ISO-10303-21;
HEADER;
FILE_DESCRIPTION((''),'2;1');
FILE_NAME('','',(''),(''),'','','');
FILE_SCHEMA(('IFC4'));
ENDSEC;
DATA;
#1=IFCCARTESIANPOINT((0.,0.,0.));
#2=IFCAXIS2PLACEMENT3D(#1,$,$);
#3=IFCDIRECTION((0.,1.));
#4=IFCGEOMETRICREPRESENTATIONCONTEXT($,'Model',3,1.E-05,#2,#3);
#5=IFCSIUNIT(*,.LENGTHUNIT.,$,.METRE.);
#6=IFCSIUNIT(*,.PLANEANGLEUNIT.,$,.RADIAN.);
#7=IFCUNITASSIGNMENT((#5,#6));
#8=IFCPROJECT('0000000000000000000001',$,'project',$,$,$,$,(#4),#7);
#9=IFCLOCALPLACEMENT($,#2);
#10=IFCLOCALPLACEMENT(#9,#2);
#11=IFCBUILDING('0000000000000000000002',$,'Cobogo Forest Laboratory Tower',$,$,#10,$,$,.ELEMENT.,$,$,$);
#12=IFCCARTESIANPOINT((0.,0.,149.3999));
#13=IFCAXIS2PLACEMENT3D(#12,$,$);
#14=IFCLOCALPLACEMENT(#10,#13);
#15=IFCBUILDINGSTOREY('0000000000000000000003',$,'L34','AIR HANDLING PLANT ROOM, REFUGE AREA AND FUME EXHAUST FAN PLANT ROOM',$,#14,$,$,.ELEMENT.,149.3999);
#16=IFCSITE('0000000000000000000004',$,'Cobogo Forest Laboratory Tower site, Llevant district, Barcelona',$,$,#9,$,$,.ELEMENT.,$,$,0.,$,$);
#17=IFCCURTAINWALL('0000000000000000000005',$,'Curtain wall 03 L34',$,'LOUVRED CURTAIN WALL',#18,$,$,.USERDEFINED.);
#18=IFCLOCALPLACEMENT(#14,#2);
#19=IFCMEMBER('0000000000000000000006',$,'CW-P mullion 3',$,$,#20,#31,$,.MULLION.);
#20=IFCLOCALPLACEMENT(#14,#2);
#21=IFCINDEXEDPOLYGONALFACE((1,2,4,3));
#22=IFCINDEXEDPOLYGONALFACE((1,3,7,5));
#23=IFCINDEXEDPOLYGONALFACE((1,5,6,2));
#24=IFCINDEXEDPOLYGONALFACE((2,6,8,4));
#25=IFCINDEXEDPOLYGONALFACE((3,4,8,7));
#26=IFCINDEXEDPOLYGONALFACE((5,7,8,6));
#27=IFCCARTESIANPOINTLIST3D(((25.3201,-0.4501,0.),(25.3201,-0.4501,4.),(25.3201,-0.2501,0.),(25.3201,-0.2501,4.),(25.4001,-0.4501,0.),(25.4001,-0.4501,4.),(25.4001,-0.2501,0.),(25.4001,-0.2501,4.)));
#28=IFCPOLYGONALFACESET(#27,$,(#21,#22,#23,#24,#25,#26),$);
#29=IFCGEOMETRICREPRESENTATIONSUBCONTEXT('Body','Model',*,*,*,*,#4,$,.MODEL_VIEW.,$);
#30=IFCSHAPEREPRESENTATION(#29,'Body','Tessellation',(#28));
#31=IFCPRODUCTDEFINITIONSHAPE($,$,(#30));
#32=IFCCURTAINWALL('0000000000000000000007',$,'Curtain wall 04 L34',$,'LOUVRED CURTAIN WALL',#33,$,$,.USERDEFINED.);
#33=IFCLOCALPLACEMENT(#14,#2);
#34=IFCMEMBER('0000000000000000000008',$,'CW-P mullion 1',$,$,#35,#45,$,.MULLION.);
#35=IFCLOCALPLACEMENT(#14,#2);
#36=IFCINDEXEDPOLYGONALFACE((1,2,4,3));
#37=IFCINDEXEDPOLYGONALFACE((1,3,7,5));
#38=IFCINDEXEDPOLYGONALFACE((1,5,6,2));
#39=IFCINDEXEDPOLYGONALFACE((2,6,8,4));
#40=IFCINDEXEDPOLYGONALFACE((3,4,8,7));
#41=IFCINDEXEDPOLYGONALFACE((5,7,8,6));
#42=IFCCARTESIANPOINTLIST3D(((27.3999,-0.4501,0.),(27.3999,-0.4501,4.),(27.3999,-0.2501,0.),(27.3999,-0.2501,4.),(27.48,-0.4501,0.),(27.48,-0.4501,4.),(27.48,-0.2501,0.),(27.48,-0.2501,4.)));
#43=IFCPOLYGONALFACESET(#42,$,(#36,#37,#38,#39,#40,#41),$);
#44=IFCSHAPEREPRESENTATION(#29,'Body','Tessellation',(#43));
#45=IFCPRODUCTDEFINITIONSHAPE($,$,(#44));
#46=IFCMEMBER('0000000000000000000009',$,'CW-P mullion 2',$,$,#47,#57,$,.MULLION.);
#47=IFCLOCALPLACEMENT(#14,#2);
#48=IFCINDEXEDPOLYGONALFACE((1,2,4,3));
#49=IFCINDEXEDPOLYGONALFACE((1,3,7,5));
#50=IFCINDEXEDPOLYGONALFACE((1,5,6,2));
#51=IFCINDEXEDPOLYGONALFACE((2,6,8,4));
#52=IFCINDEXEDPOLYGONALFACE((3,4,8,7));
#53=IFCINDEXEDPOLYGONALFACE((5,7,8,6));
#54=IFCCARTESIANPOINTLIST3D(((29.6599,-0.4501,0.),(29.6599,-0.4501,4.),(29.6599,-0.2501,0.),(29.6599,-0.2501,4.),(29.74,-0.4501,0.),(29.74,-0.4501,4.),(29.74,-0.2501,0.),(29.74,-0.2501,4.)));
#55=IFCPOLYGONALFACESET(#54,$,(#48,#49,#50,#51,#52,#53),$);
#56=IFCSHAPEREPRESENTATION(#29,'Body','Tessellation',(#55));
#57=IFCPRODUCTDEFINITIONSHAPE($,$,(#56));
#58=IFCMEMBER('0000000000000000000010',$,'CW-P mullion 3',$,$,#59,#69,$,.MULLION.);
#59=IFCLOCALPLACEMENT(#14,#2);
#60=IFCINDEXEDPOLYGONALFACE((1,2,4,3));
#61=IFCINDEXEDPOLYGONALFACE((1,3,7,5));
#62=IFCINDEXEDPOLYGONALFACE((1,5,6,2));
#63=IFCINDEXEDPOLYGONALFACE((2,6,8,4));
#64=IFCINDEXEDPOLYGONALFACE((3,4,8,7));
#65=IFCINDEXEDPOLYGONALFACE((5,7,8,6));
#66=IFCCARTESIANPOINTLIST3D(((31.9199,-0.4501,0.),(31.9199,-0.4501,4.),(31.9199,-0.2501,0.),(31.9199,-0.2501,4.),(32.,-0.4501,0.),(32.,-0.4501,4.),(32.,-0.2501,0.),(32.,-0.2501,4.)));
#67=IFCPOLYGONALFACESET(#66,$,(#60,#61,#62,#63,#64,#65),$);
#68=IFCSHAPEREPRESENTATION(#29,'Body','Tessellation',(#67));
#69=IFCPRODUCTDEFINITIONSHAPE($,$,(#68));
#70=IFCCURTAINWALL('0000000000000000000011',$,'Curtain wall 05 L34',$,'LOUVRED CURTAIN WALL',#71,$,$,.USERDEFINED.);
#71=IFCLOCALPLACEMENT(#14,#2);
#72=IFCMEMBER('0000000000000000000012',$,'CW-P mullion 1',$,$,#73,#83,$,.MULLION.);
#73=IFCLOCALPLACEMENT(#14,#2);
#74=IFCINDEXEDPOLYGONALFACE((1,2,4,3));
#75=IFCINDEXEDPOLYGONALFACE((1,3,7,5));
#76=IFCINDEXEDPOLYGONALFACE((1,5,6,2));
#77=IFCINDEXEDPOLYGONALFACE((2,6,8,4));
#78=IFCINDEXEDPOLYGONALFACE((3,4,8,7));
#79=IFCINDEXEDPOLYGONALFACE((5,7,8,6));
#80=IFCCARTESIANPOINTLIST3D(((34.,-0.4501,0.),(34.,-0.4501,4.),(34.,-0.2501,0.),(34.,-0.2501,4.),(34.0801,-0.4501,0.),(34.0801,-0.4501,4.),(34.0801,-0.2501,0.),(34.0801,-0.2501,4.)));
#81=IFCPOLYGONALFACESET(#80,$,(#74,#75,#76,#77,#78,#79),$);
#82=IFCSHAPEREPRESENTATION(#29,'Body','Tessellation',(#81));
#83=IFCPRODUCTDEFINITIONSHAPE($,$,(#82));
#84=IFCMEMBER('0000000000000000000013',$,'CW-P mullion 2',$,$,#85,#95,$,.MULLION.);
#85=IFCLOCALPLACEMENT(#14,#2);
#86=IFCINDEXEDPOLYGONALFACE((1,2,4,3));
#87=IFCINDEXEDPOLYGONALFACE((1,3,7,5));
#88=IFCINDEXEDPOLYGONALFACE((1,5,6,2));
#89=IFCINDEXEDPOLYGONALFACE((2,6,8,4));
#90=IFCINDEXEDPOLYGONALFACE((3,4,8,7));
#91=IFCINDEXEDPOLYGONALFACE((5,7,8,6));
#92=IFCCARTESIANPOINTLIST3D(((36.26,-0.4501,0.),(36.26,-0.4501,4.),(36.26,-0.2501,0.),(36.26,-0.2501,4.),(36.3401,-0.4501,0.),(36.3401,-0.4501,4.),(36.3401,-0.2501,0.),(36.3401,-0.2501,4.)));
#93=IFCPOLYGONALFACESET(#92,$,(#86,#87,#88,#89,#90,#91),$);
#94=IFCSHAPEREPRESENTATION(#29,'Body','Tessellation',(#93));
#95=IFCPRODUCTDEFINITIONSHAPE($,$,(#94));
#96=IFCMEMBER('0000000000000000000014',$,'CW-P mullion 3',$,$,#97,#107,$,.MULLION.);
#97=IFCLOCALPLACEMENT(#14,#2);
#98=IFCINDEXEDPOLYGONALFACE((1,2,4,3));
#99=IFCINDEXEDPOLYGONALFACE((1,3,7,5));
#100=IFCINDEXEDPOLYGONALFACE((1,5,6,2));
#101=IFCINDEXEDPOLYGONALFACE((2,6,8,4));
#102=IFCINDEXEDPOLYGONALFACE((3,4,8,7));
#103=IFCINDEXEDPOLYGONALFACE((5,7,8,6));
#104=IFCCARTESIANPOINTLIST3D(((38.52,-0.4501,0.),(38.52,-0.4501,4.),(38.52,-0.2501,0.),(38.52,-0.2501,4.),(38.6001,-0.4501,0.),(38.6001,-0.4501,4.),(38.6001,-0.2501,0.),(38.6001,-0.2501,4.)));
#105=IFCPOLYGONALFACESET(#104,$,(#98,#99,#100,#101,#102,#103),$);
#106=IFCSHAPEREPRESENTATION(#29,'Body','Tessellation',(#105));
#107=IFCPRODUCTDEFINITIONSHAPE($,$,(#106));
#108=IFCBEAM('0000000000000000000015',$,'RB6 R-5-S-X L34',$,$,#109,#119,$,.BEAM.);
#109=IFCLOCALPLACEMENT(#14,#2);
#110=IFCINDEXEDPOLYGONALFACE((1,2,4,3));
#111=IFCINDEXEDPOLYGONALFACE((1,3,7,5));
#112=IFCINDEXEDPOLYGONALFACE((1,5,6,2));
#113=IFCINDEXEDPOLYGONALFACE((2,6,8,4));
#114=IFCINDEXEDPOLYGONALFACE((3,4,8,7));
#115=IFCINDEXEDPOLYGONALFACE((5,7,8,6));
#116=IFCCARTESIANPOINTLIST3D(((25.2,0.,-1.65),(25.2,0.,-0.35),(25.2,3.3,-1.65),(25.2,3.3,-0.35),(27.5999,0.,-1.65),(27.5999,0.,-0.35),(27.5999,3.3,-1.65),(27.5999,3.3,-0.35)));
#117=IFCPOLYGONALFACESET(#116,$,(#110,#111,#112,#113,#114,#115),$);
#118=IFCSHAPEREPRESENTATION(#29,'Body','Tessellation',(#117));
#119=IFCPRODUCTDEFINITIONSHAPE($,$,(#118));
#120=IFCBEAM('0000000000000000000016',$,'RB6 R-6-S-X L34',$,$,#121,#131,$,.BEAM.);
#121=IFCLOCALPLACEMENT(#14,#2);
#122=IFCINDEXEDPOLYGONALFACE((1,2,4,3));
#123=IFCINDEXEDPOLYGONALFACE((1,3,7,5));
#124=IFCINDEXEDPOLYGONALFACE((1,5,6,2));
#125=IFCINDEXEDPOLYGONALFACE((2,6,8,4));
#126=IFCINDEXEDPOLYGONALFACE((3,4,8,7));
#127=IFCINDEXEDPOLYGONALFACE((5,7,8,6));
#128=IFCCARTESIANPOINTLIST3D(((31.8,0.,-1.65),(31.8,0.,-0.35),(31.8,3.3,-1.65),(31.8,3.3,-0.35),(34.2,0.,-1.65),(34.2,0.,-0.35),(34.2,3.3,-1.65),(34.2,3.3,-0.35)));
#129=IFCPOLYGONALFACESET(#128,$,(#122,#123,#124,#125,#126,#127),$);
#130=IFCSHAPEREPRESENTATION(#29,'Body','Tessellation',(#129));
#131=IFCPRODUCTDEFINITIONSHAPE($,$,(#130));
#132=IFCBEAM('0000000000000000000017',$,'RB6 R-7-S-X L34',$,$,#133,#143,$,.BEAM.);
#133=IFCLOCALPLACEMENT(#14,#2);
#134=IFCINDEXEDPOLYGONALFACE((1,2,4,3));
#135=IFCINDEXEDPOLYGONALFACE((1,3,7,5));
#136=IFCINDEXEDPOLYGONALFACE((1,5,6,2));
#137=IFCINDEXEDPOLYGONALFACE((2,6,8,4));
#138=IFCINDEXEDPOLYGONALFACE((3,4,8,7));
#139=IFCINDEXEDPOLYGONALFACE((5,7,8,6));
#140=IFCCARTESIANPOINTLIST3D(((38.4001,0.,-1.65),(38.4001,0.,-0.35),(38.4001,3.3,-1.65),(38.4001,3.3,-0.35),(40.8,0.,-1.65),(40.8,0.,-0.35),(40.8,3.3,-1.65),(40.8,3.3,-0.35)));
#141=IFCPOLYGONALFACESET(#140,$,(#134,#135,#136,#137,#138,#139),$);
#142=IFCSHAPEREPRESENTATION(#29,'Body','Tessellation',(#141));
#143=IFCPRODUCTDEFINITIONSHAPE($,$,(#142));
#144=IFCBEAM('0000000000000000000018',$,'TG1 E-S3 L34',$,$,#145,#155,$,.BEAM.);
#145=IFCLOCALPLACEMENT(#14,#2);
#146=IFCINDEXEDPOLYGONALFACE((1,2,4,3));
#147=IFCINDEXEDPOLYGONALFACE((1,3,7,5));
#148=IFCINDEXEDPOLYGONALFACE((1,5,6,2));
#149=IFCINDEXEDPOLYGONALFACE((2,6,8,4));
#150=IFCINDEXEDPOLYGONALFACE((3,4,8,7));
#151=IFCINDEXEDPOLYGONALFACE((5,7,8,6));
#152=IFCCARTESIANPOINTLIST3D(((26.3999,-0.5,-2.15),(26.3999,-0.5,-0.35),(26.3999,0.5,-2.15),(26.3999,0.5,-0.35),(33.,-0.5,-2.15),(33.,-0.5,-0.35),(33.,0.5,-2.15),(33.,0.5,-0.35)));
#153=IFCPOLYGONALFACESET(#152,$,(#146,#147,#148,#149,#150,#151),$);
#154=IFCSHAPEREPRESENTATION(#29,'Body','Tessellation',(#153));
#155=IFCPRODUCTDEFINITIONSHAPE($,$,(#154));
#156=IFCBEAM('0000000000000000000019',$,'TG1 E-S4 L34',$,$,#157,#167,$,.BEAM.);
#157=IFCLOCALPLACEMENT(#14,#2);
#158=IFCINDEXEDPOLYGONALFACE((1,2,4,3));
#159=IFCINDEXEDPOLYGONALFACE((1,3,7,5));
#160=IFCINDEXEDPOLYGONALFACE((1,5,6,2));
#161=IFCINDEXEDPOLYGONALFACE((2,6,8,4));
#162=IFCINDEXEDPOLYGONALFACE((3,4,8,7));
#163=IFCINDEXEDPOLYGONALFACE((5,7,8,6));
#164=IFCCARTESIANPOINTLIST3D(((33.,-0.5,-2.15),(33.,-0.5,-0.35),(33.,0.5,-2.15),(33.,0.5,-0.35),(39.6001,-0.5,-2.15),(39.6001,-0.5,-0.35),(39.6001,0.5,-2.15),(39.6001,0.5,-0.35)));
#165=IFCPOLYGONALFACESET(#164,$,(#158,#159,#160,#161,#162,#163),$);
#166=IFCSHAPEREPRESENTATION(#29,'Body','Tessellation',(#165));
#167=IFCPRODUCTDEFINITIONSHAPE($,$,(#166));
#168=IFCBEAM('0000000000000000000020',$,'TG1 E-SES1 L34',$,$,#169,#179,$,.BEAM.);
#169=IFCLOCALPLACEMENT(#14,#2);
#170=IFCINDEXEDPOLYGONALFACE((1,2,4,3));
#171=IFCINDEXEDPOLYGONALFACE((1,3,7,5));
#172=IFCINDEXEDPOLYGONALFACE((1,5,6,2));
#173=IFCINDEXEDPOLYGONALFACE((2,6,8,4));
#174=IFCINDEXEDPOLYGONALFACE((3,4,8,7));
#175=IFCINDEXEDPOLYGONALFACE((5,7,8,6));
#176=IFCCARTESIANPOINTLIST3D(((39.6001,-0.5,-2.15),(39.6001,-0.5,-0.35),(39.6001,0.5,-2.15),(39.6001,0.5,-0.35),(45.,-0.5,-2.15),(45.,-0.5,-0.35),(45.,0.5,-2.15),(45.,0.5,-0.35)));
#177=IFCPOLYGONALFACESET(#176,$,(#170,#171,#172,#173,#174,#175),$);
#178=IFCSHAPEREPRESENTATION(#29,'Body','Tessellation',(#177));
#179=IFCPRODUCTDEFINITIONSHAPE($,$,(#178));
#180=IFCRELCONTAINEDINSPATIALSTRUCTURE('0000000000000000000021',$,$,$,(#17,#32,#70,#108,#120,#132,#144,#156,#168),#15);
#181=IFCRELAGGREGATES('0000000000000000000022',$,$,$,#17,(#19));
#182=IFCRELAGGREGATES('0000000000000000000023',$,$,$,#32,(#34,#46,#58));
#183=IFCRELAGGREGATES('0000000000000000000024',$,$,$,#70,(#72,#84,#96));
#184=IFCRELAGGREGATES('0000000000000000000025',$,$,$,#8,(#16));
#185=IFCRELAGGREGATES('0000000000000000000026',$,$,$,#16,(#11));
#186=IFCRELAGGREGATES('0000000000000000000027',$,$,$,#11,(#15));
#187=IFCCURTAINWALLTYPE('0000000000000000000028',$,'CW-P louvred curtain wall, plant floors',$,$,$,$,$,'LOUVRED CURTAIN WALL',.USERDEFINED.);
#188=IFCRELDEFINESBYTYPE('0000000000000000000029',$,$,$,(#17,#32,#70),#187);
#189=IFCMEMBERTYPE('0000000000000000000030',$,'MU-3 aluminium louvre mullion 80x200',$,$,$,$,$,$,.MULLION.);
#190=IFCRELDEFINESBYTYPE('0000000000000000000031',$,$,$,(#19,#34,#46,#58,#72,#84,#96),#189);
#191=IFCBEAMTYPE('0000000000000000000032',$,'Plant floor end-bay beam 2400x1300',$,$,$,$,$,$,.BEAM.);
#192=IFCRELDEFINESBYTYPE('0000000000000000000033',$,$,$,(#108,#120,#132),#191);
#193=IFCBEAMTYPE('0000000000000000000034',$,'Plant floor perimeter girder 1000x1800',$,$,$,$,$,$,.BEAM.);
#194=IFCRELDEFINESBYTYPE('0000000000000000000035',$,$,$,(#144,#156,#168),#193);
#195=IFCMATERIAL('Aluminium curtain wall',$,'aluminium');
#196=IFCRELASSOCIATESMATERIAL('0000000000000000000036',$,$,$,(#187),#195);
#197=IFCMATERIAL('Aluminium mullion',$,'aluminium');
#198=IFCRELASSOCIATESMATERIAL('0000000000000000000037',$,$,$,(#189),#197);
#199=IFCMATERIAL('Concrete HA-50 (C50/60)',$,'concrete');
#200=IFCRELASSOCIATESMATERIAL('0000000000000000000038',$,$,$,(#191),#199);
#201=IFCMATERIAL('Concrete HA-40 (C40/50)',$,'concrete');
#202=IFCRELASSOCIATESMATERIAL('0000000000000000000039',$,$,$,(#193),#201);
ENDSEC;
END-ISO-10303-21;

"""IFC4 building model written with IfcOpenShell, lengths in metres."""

from ifc_helpers import new_model, si_unit, direction, frame, origin, origin_2d, place, context, subcontext, project, spatial, rectangle, extrude, material, material_profile, profile_set, type_object, element, aggregate, save


model = new_model("IFC4")

# Units and contexts
model_context = context("Model", 3, precision=1e-05, world=origin(), true_north=direction((0.0, 1.0)))
body_context = subcontext(model_context, "Body", "Model", "MODEL_VIEW")
ifc_project = project(units=[si_unit("LENGTHUNIT", "METRE"), si_unit("PLANEANGLEUNIT", "RADIAN")], contexts=[model_context])

# Site, building, storey
site_placement = place(None, origin())
site = spatial("IfcSite", under=ifc_project, at=site_placement, Name="Cobogo Forest Laboratory Tower site, Llevant district, Barcelona", CompositionType="ELEMENT", RefElevation=0.0)
building_placement = place(site_placement, origin())
building = spatial("IfcBuilding", under=site, at=building_placement, Name="Cobogo Forest Laboratory Tower", CompositionType="ELEMENT")
storey_placement = place(building_placement, frame((0.0, 0.0, 149.3999)))
storey = spatial("IfcBuildingStorey", under=building, at=storey_placement, Name="L34", Description="AIR HANDLING PLANT ROOM, REFUGE AREA AND FUME EXHAUST FAN PLANT ROOM", CompositionType="ELEMENT", Elevation=149.3999)

# Shared definitions
ifc_material_1 = material(Name="Concrete HA-50 (C50/60)", Category="concrete")

# Curtain wall, member
ifc_material_2 = material(Name="Aluminium curtain wall", Category="aluminium")
curtain_wall_type = type_object("IfcCurtainWallType", Name="CW-P louvred curtain wall, plant floors", ElementType="LOUVRED CURTAIN WALL", PredefinedType="USERDEFINED", material=ifc_material_2)
curtain_wall_1_placement = place(storey_placement, origin())
curtain_wall_1 = element("IfcCurtainWall", 1, at=curtain_wall_1_placement, inside=storey, type_object=curtain_wall_type, Name="Curtain wall 03 L34", ObjectType="LOUVRED CURTAIN WALL", PredefinedType="USERDEFINED")
ifc_material_3 = material(Name="Aluminium mullion", Category="aluminium")
ifc_material_profile_1 = material_profile(ifc_material_3, rectangle(XDim=0.0801, YDim=0.2, at=origin_2d()), Name="AL 80x200")
ifc_profile_set_1 = profile_set([ifc_material_profile_1], Name="Aluminium mullion")
member_type_1 = type_object("IfcMemberType", Name="MU-3 aluminium louvre mullion 80x200", PredefinedType="MULLION", material=ifc_profile_set_1)
member_1_placement = place(storey_placement, frame((25.3601, -0.3501, 0.0), z_axis=(0.0, 0.0, 1.0), x_axis=(1.0, 0.0, 0.0)))
member_1 = element("IfcMember", 2, at=member_1_placement, type_object=member_type_1, Name="CW-P mullion 3", PredefinedType="MULLION", context=body_context, shape_type="SweptSolid", body=[
    extrude(rectangle(XDim=0.0801, YDim=0.2, at=origin_2d()), origin(), (0.0, 0.0, 1.0), 4.0),
])
aggregate(curtain_wall_1, [member_1])

# Curtain walls, members
curtain_wall_2_placement = place(storey_placement, origin())
curtain_wall_2 = element("IfcCurtainWall", 3, at=curtain_wall_2_placement, inside=storey, type_object=curtain_wall_type, Name="Curtain wall 04 L34", ObjectType="LOUVRED CURTAIN WALL", PredefinedType="USERDEFINED")
member_2_placement = place(storey_placement, frame((27.4399, -0.3501, 0.0), z_axis=(0.0, 0.0, 1.0), x_axis=(1.0, 0.0, 0.0)))
member_2 = element("IfcMember", 4, at=member_2_placement, type_object=member_type_1, Name="CW-P mullion 1", PredefinedType="MULLION", context=body_context, shape_type="SweptSolid", body=[
    extrude(rectangle(XDim=0.0801, YDim=0.2, at=origin_2d()), origin(), (0.0, 0.0, 1.0), 4.0),
])
member_3_placement = place(storey_placement, frame((29.7, -0.3501, 0.0), z_axis=(0.0, 0.0, 1.0), x_axis=(1.0, 0.0, 0.0)))
member_3 = element("IfcMember", 5, at=member_3_placement, type_object=member_type_1, Name="CW-P mullion 2", PredefinedType="MULLION", context=body_context, shape_type="SweptSolid", body=[
    extrude(rectangle(XDim=0.0801, YDim=0.2, at=origin_2d()), origin(), (0.0, 0.0, 1.0), 4.0),
])
member_4_placement = place(storey_placement, frame((31.96, -0.3501, 0.0), z_axis=(0.0, 0.0, 1.0), x_axis=(1.0, 0.0, 0.0)))
member_4 = element("IfcMember", 6, at=member_4_placement, type_object=member_type_1, Name="CW-P mullion 3", PredefinedType="MULLION", context=body_context, shape_type="SweptSolid", body=[
    extrude(rectangle(XDim=0.0801, YDim=0.2, at=origin_2d()), origin(), (0.0, 0.0, 1.0), 4.0),
])
curtain_wall_3_placement = place(storey_placement, origin())
curtain_wall_3 = element("IfcCurtainWall", 7, at=curtain_wall_3_placement, inside=storey, type_object=curtain_wall_type, Name="Curtain wall 05 L34", ObjectType="LOUVRED CURTAIN WALL", PredefinedType="USERDEFINED")
member_5_placement = place(storey_placement, frame((34.04, -0.3501, 0.0), z_axis=(0.0, 0.0, 1.0), x_axis=(1.0, 0.0, 0.0)))
member_5 = element("IfcMember", 8, at=member_5_placement, type_object=member_type_1, Name="CW-P mullion 1", PredefinedType="MULLION", context=body_context, shape_type="SweptSolid", body=[
    extrude(rectangle(XDim=0.0801, YDim=0.2, at=origin_2d()), origin(), (0.0, 0.0, 1.0), 4.0),
])
member_6_placement = place(storey_placement, frame((36.3, -0.3501, 0.0), z_axis=(0.0, 0.0, 1.0), x_axis=(1.0, 0.0, 0.0)))
member_6 = element("IfcMember", 9, at=member_6_placement, type_object=member_type_1, Name="CW-P mullion 2", PredefinedType="MULLION", context=body_context, shape_type="SweptSolid", body=[
    extrude(rectangle(XDim=0.0801, YDim=0.2, at=origin_2d()), origin(), (0.0, 0.0, 1.0), 4.0),
])
member_7_placement = place(storey_placement, frame((38.5601, -0.3501, 0.0), z_axis=(0.0, 0.0, 1.0), x_axis=(1.0, 0.0, 0.0)))
member_7 = element("IfcMember", 10, at=member_7_placement, type_object=member_type_1, Name="CW-P mullion 3", PredefinedType="MULLION", context=body_context, shape_type="SweptSolid", body=[
    extrude(rectangle(XDim=0.0801, YDim=0.2, at=origin_2d()), origin(), (0.0, 0.0, 1.0), 4.0),
])

# Beams
ifc_material_profile_2 = material_profile(ifc_material_1, rectangle(XDim=2.3999, YDim=1.3, at=origin_2d()), Name="RC 2400x1300")
ifc_profile_set_2 = profile_set([ifc_material_profile_2], Name="Concrete HA-50 (C50/60)")
beam_type_1 = type_object("IfcBeamType", Name="Plant floor end-bay beam 2400x1300", PredefinedType="BEAM", material=ifc_profile_set_2)
for number, where, z_axis, x_axis, name in (
    (11, (26.3999, 0.0, -1.0), (0.0, 1.0, 0.0), (-1.0, 0.0, 0.0), "RB6 R-5-S-X L34"),
    (12, (33.0, 0.0, -1.0), (0.0, 1.0, 0.0), (-1.0, 0.0, 0.0), "RB6 R-6-S-X L34"),
    (13, (39.6001, 0.0, -1.0), (0.0, 1.0, 0.0), (-1.0, 0.0, 0.0), "RB6 R-7-S-X L34"),
):
    element("IfcBeam", number, at=place(storey_placement, frame(where, z_axis=z_axis, x_axis=x_axis)), inside=storey, type_object=beam_type_1, Name=name, PredefinedType="BEAM", context=body_context, shape_type="SweptSolid", body=[
        extrude(rectangle(XDim=2.3999, YDim=1.3, at=origin_2d()), origin(), (0.0, 0.0, 1.0), 3.3),
    ])
ifc_material_4 = material(Name="Concrete HA-40 (C40/50)", Category="concrete")
ifc_material_profile_3 = material_profile(ifc_material_4, rectangle(XDim=1.0, YDim=1.8, at=origin_2d()), Name="RC 1000x1800")
ifc_profile_set_3 = profile_set([ifc_material_profile_3], Name="Concrete HA-40 (C40/50)")
beam_type_2 = type_object("IfcBeamType", Name="Plant floor perimeter girder 1000x1800", PredefinedType="BEAM", material=ifc_profile_set_3)
for number, where, z_axis, x_axis, name in (
    (14, (26.3999, 0.0, -1.25), (1.0, 0.0, 0.0), (0.0, 1.0, 0.0), "TG1 E-S3 L34"),
    (15, (33.0, 0.0, -1.25), (1.0, 0.0, 0.0), (0.0, 1.0, 0.0), "TG1 E-S4 L34"),
):
    element("IfcBeam", number, at=place(storey_placement, frame(where, z_axis=z_axis, x_axis=x_axis)), inside=storey, type_object=beam_type_2, Name=name, PredefinedType="BEAM", context=body_context, shape_type="SweptSolid", body=[
        extrude(rectangle(XDim=1.0, YDim=1.8, at=origin_2d()), origin(), (0.0, 0.0, 1.0), 6.6001),
    ])
beam_1_placement = place(storey_placement, frame((39.6001, 0.0, -1.25), z_axis=(1.0, 0.0, 0.0), x_axis=(0.0, 1.0, 0.0)))
element("IfcBeam", 16, at=beam_1_placement, inside=storey, type_object=beam_type_2, Name="TG1 E-SES1 L34", PredefinedType="BEAM", context=body_context, shape_type="SweptSolid", body=[
    extrude(rectangle(XDim=1.0, YDim=1.8, at=origin_2d()), origin(), (0.0, 0.0, 1.0), 5.3999),
])

aggregate(curtain_wall_2, [member_2, member_3, member_4])
aggregate(curtain_wall_3, [member_5, member_6, member_7])

save(model, "model.ifc")
